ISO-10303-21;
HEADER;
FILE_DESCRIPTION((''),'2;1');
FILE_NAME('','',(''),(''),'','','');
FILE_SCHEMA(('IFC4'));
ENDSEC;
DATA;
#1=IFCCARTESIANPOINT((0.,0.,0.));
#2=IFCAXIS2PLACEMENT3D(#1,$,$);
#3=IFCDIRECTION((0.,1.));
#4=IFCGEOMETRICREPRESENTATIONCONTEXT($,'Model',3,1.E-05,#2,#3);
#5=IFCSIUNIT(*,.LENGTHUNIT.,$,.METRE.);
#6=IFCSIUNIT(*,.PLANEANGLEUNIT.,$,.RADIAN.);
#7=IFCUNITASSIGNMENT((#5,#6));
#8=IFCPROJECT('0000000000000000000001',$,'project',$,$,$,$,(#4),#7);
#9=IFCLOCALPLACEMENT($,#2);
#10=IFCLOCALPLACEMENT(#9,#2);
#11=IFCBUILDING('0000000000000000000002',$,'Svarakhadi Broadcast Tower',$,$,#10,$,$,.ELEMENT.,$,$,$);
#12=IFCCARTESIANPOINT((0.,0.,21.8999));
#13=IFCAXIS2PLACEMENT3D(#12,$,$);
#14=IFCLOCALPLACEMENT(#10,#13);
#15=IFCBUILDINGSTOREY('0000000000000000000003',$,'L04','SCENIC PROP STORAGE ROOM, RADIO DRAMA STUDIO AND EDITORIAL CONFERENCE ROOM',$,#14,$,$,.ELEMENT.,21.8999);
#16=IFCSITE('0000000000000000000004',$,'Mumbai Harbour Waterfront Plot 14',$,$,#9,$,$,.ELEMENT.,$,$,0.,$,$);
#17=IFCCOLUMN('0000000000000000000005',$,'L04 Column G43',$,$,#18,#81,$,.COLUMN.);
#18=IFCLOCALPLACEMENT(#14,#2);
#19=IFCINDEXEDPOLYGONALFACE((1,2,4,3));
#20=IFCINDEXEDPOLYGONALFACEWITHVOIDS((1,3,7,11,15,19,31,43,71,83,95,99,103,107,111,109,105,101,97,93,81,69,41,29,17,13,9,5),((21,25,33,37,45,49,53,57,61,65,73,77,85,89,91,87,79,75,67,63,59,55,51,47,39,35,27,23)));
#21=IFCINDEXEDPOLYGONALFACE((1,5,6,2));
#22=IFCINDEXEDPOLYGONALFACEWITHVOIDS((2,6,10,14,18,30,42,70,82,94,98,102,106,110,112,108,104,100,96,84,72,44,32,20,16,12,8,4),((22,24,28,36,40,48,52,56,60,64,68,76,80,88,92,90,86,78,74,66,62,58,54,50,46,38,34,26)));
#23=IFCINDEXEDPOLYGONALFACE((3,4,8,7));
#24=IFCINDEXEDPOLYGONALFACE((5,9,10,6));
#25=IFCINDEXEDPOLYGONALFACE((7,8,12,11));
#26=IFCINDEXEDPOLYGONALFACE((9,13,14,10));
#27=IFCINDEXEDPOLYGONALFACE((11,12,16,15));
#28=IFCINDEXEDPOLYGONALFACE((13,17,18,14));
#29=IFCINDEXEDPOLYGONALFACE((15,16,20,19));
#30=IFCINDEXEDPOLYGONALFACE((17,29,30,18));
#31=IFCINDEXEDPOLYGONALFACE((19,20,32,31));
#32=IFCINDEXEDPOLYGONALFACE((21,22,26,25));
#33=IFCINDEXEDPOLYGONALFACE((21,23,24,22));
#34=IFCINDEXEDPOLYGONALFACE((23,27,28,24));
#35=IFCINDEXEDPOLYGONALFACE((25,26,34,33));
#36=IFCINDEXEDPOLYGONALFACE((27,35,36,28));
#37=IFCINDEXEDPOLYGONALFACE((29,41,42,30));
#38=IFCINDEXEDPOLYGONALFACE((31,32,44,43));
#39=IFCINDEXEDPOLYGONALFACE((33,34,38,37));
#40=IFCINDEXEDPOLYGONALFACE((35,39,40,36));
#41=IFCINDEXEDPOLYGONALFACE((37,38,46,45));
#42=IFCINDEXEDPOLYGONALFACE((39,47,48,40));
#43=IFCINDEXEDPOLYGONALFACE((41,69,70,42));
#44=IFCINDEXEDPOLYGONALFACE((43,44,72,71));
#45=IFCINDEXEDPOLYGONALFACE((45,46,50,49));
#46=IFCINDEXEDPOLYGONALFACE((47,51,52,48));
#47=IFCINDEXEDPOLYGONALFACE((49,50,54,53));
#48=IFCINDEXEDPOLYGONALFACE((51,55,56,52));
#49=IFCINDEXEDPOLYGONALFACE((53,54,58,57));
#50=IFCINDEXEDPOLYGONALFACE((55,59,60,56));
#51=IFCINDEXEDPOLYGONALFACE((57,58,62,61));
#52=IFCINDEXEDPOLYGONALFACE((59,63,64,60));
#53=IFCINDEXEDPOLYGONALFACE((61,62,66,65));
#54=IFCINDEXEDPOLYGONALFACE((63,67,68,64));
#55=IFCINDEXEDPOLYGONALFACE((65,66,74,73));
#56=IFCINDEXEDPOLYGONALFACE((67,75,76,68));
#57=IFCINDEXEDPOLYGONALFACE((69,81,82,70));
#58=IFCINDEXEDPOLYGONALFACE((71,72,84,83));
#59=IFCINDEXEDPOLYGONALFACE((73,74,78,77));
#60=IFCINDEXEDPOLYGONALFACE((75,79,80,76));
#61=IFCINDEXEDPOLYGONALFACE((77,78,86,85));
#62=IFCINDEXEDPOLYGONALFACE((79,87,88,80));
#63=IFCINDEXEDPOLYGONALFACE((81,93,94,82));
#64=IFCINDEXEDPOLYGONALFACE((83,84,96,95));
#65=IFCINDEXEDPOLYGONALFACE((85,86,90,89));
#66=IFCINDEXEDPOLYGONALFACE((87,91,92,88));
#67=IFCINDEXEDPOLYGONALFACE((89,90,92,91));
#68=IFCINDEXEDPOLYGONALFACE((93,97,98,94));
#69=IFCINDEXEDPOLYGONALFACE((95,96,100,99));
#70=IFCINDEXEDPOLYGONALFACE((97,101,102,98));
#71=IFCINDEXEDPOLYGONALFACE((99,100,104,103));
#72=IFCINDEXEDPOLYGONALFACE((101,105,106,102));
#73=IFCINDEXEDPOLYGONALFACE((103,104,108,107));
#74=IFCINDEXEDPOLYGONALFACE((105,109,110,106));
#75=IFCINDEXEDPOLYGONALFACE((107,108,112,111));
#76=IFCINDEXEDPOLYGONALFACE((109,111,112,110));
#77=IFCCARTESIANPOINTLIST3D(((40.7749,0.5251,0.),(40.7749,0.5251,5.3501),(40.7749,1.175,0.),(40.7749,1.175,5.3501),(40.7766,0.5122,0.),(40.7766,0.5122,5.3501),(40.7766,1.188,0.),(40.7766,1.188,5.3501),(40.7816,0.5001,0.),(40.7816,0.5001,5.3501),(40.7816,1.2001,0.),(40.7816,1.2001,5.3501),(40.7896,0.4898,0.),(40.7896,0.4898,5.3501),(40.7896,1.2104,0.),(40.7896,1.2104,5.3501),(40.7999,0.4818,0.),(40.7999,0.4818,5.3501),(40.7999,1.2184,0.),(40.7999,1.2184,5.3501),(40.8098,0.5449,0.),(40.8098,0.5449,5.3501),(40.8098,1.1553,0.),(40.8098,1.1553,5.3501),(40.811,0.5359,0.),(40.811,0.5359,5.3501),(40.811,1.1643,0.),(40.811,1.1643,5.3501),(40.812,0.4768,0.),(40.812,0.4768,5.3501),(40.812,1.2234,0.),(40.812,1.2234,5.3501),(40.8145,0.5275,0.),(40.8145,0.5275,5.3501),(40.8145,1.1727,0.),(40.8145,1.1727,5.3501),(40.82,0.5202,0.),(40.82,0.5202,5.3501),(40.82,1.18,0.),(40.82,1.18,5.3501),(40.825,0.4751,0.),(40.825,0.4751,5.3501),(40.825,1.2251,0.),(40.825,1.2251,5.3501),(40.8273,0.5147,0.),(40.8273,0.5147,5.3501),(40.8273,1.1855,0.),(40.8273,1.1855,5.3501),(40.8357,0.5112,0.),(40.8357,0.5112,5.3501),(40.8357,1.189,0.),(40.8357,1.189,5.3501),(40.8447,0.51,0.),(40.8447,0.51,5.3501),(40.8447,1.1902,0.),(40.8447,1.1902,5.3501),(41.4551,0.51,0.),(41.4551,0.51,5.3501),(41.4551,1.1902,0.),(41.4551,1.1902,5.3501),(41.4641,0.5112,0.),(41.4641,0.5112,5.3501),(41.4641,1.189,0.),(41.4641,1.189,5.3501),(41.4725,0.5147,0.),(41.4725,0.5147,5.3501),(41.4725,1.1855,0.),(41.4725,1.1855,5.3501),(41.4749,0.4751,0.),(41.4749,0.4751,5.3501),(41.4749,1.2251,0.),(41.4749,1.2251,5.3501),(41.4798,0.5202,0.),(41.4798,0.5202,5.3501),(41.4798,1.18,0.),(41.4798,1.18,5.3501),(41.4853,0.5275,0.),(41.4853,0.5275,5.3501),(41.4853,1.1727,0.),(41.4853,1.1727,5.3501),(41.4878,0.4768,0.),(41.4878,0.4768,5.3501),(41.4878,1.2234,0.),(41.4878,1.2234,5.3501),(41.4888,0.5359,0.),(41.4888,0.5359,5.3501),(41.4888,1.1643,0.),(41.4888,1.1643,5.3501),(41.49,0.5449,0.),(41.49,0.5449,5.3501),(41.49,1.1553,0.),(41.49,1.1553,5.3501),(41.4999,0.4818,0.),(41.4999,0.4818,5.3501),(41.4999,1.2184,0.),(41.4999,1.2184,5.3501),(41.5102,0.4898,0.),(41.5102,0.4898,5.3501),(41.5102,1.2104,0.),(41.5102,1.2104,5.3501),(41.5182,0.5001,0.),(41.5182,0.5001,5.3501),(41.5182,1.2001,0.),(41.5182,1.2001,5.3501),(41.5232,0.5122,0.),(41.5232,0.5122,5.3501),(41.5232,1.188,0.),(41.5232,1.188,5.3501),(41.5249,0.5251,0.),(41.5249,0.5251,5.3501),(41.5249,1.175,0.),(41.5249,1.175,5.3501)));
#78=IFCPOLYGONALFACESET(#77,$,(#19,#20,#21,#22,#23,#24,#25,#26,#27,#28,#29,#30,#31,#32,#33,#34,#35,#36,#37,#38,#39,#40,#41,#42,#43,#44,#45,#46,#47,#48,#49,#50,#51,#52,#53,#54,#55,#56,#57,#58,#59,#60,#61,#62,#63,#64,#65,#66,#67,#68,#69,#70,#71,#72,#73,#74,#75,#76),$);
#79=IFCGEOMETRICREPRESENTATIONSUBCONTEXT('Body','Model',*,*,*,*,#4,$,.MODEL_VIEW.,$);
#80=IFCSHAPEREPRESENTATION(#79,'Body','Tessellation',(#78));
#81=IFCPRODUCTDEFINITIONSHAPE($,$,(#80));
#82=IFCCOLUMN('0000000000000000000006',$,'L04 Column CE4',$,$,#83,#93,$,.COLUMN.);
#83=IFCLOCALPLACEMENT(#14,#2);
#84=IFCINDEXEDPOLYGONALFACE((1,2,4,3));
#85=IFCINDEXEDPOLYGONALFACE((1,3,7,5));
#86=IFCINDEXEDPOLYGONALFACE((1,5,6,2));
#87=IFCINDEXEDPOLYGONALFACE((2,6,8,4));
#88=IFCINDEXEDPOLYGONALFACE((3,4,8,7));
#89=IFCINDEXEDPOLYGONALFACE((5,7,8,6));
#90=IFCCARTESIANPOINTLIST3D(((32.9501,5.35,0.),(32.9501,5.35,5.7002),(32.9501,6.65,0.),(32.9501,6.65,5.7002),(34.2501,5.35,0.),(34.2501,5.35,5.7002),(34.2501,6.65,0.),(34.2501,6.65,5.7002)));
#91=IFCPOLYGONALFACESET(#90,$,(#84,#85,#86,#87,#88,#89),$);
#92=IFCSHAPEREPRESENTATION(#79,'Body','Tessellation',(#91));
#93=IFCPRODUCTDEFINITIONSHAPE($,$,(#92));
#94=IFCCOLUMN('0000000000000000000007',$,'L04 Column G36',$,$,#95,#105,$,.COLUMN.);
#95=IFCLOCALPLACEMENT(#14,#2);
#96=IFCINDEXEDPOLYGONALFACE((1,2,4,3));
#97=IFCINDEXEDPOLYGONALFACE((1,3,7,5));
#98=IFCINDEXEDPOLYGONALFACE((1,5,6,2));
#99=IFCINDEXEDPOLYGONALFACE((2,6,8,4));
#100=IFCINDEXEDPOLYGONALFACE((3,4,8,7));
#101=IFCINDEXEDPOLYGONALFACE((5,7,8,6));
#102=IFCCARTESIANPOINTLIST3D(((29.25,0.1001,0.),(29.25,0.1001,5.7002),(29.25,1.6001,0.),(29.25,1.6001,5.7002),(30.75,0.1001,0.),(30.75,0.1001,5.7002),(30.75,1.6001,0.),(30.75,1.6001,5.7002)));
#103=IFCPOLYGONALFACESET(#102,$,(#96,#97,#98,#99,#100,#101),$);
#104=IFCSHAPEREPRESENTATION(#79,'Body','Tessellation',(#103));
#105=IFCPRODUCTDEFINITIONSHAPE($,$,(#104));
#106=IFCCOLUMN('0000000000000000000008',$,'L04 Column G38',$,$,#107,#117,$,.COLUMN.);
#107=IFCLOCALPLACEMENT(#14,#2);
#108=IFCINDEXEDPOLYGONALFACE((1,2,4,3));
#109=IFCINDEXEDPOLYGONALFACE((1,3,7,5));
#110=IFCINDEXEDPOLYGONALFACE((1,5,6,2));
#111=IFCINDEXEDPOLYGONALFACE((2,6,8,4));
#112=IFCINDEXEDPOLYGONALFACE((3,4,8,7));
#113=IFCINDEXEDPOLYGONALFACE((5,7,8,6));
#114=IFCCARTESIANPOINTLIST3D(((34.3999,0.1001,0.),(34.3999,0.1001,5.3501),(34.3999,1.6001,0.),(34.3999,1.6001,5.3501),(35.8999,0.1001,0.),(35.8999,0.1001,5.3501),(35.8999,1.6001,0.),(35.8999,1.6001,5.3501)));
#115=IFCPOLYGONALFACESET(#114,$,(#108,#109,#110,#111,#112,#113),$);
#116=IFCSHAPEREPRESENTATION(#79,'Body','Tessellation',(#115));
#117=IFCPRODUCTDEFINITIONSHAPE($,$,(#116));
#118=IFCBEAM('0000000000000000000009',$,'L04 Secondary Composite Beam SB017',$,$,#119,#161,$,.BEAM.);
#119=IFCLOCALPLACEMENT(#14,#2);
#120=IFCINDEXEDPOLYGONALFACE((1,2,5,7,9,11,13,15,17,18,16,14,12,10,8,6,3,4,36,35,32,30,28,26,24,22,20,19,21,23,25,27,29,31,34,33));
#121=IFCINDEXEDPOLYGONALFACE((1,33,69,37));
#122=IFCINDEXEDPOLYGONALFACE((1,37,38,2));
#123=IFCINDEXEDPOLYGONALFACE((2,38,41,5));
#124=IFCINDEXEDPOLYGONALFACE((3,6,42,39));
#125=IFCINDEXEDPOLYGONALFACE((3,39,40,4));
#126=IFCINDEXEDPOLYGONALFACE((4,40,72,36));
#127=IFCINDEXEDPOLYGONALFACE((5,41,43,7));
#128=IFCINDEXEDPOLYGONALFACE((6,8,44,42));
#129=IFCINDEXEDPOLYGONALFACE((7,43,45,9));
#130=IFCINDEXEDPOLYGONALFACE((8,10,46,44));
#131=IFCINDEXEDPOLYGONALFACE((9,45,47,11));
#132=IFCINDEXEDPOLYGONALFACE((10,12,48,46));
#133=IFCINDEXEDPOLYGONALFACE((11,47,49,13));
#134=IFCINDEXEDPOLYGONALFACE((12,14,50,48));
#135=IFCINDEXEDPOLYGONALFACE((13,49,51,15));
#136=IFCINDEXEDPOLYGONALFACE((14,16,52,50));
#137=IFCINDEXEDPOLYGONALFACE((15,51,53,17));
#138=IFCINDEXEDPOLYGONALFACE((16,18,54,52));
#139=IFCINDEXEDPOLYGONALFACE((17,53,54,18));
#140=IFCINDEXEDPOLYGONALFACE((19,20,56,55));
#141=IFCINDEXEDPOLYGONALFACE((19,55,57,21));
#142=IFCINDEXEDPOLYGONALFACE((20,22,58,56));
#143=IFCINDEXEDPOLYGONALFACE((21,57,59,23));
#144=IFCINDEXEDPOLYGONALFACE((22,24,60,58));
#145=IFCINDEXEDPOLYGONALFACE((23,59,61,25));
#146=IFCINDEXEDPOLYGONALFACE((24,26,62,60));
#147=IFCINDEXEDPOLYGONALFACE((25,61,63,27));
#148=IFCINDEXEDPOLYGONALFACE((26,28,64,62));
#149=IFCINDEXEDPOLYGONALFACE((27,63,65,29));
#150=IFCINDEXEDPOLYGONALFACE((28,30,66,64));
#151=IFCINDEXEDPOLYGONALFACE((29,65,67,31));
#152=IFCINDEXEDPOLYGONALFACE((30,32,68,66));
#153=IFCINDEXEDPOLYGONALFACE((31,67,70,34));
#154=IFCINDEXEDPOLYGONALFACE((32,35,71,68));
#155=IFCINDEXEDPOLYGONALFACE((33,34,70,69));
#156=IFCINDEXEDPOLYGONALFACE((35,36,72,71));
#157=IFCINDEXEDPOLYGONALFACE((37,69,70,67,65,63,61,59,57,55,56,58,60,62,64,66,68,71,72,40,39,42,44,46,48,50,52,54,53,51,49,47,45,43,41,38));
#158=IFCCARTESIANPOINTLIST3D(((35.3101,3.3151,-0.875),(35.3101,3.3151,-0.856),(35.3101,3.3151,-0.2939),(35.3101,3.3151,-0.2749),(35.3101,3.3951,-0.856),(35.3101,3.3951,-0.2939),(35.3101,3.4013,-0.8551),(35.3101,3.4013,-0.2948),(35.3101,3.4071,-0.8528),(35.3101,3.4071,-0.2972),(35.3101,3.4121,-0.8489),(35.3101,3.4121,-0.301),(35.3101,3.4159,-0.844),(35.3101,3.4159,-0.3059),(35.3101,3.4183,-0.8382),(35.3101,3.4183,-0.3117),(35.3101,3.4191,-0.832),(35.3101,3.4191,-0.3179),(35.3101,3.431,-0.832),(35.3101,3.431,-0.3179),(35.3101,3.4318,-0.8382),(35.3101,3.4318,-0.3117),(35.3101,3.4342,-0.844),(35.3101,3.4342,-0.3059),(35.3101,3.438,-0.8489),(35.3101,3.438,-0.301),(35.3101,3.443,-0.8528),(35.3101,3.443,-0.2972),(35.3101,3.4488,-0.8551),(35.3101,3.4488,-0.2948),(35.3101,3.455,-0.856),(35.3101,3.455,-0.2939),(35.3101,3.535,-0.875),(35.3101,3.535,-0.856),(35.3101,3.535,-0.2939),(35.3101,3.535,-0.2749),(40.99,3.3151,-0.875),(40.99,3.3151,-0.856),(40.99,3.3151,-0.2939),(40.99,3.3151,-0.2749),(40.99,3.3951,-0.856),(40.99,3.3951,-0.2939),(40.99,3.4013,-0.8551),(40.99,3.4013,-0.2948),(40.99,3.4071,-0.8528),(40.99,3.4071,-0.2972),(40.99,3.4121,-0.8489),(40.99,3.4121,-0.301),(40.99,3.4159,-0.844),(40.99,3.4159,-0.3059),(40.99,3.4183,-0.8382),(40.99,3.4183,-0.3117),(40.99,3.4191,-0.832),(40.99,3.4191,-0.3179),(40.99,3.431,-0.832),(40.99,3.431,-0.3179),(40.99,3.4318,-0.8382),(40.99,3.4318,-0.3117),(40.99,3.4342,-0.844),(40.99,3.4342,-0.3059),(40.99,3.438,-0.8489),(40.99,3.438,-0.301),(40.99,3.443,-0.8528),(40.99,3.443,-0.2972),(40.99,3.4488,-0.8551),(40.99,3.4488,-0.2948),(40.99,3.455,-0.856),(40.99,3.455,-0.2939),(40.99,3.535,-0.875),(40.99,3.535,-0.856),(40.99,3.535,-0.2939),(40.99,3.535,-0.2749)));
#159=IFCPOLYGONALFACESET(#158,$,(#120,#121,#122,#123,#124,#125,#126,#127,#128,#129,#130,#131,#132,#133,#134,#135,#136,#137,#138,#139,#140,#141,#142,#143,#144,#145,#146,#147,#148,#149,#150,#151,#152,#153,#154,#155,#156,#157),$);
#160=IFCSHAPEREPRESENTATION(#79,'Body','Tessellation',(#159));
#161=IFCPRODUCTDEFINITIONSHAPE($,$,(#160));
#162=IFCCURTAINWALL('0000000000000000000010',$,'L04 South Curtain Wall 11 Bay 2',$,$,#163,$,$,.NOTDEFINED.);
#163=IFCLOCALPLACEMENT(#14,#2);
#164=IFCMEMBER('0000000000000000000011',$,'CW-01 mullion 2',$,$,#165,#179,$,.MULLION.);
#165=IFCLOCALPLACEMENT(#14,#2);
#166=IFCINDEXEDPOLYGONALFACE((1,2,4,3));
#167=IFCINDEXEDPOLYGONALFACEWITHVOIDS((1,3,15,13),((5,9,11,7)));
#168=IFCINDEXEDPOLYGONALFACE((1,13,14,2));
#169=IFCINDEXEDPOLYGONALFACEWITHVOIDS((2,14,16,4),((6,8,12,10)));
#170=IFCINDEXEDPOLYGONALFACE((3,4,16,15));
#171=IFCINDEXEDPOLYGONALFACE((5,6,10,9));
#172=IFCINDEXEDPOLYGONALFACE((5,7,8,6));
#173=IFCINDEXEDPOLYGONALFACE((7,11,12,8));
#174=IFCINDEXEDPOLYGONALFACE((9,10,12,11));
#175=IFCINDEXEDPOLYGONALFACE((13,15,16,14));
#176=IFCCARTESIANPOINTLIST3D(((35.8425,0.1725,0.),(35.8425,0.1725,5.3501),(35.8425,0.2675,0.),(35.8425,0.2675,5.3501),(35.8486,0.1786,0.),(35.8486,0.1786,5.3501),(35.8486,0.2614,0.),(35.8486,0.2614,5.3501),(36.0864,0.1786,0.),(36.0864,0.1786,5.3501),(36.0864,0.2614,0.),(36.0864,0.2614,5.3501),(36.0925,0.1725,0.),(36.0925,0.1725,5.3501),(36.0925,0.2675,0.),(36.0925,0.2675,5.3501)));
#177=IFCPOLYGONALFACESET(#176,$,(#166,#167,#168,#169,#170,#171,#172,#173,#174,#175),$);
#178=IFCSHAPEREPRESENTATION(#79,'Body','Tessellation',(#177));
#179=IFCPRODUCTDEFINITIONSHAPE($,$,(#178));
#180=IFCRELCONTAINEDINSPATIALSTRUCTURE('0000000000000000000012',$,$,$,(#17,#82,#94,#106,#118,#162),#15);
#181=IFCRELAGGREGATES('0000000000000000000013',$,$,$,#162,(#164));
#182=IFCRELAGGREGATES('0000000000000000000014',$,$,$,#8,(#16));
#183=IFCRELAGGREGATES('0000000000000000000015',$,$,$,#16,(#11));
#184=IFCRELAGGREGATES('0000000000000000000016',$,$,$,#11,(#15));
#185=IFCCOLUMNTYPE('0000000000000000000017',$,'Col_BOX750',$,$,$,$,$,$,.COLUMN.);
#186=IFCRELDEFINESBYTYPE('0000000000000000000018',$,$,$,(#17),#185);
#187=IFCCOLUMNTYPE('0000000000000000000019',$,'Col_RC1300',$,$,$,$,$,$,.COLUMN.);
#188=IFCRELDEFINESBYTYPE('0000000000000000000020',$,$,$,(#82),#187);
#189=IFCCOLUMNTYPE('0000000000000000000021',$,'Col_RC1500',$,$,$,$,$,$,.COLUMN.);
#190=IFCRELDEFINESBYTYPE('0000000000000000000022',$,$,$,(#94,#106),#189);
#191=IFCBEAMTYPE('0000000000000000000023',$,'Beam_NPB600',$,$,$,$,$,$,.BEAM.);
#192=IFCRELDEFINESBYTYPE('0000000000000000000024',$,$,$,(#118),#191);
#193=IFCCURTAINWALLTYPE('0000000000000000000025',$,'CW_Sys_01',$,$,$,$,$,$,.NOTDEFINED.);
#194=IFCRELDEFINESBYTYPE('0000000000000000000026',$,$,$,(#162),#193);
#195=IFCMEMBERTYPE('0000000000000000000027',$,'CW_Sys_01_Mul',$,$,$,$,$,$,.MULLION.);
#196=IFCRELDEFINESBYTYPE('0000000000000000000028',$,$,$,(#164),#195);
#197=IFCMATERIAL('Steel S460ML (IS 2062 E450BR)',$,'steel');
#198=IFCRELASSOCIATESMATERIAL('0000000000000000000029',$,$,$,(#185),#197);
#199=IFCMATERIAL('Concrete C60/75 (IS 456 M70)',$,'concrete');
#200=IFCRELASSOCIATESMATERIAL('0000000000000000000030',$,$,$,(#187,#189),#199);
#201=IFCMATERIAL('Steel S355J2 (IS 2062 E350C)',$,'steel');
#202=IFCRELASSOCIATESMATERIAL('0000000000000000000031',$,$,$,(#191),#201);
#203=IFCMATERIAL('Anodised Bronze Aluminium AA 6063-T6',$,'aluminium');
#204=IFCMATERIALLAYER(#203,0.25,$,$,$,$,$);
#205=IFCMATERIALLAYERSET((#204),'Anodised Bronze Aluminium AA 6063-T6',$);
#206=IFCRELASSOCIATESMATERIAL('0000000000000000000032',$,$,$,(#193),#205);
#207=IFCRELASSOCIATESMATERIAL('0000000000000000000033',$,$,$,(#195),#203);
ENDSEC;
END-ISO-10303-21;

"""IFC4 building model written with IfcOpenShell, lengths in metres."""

from ifc_helpers import new_model, si_unit, direction, frame, origin, origin_2d, place, context, subcontext, project, spatial, rectangle, hollow_rectangle, i_section, extrude, material, layer, layer_set, material_profile, profile_set, type_object, element, aggregate, save


model = new_model("IFC4")

# Units and contexts
model_context = context("Model", 3, precision=1e-05, world=origin(), true_north=direction((0.0, 1.0)))
body_context = subcontext(model_context, "Body", "Model", "MODEL_VIEW")
ifc_project = project(units=[si_unit("LENGTHUNIT", "METRE"), si_unit("PLANEANGLEUNIT", "RADIAN")], contexts=[model_context])

# Site, building, storey
site_placement = place(None, origin())
site = spatial("IfcSite", under=ifc_project, at=site_placement, Name="Mumbai Harbour Waterfront Plot 14", CompositionType="ELEMENT", RefElevation=0.0)
building_placement = place(site_placement, origin())
building = spatial("IfcBuilding", under=site, at=building_placement, Name="Svarakhadi Broadcast Tower", CompositionType="ELEMENT")
storey_placement = place(building_placement, frame((0.0, 0.0, 21.8999)))
storey = spatial("IfcBuildingStorey", under=building, at=storey_placement, Name="L04", Description="SCENIC PROP STORAGE ROOM, RADIO DRAMA STUDIO AND EDITORIAL CONFERENCE ROOM", CompositionType="ELEMENT", Elevation=21.8999)

# Columns
ifc_material_1 = material(Name="Steel S460ML (IS 2062 E450BR)", Category="steel")
ifc_material_profile_1 = material_profile(ifc_material_1, hollow_rectangle(XDim=0.75, YDim=0.75, WallThickness=0.0349, InnerFilletRadius=0.0349, OuterFilletRadius=0.05, at=origin_2d()), Name="BOX 750x750x35")
ifc_profile_set_1 = profile_set([ifc_material_profile_1], Name="Steel S460ML (IS 2062 E450BR)")
column_type_1 = type_object("IfcColumnType", Name="Col_BOX750", PredefinedType="COLUMN", material=ifc_profile_set_1)
column_1_placement = place(storey_placement, frame((41.1499, 0.8501, 0.0), z_axis=(0.0, 0.0, 1.0), x_axis=(1.0, 0.0, 0.0)))
element("IfcColumn", 1, at=column_1_placement, inside=storey, type_object=column_type_1, Name="L04 Column G43", PredefinedType="COLUMN", context=body_context, shape_type="SweptSolid", body=[
    extrude(hollow_rectangle(XDim=0.75, YDim=0.75, WallThickness=0.0349, InnerFilletRadius=0.0349, OuterFilletRadius=0.05, at=origin_2d()), origin(), (0.0, 0.0, 1.0), 5.3501),
])
ifc_material_2 = material(Name="Concrete C60/75 (IS 456 M70)", Category="concrete")
ifc_material_profile_2 = material_profile(ifc_material_2, rectangle(XDim=1.3, YDim=1.3, at=origin_2d()), Name="RC 1300x1300")
ifc_profile_set_2 = profile_set([ifc_material_profile_2], Name="Concrete C60/75 (IS 456 M70)")
column_type_2 = type_object("IfcColumnType", Name="Col_RC1300", PredefinedType="COLUMN", material=ifc_profile_set_2)
column_2_placement = place(storey_placement, frame((33.6001, 6.0, 0.0), z_axis=(0.0, 0.0, 1.0), x_axis=(1.0, 0.0, 0.0)))
element("IfcColumn", 2, at=column_2_placement, inside=storey, type_object=column_type_2, Name="L04 Column CE4", PredefinedType="COLUMN", context=body_context, shape_type="SweptSolid", body=[
    extrude(rectangle(XDim=1.3, YDim=1.3, at=origin_2d()), origin(), (0.0, 0.0, 1.0), 5.7002),
])
ifc_material_profile_3 = material_profile(ifc_material_2, rectangle(XDim=1.5, YDim=1.5, at=origin_2d()), Name="RC 1500x1500")
ifc_profile_set_3 = profile_set([ifc_material_profile_3], Name="Concrete C60/75 (IS 456 M70)")
column_type_3 = type_object("IfcColumnType", Name="Col_RC1500", PredefinedType="COLUMN", material=ifc_profile_set_3)
column_3_placement = place(storey_placement, frame((30.0, 0.8501, 0.0), z_axis=(0.0, 0.0, 1.0), x_axis=(1.0, 0.0, 0.0)))
element("IfcColumn", 3, at=column_3_placement, inside=storey, type_object=column_type_3, Name="L04 Column G36", PredefinedType="COLUMN", context=body_context, shape_type="SweptSolid", body=[
    extrude(rectangle(XDim=1.5, YDim=1.5, at=origin_2d()), origin(), (0.0, 0.0, 1.0), 5.7002),
])
column_4_placement = place(storey_placement, frame((35.1499, 0.8501, 0.0), z_axis=(0.0, 0.0, 1.0), x_axis=(1.0, 0.0, 0.0)))
element("IfcColumn", 4, at=column_4_placement, inside=storey, type_object=column_type_3, Name="L04 Column G38", PredefinedType="COLUMN", context=body_context, shape_type="SweptSolid", body=[
    extrude(rectangle(XDim=1.5, YDim=1.5, at=origin_2d()), origin(), (0.0, 0.0, 1.0), 5.3501),
])

# Beam
ifc_material_3 = material(Name="Steel S355J2 (IS 2062 E350C)", Category="steel")
ifc_material_profile_4 = material_profile(ifc_material_3, i_section(OverallWidth=0.22, OverallDepth=0.6001, WebThickness=0.012, FlangeThickness=0.019, FilletRadius=0.0239, at=origin_2d()), Name="NPB 600x220x122")
ifc_profile_set_4 = profile_set([ifc_material_profile_4], Name="Steel S355J2 (IS 2062 E350C)")
beam_type_1 = type_object("IfcBeamType", Name="Beam_NPB600", PredefinedType="BEAM", material=ifc_profile_set_4)
beam_1_placement = place(storey_placement, frame((35.3101, 3.425, -0.575), z_axis=(1.0, 0.0, 0.0), x_axis=(0.0, 1.0, 0.0)))
element("IfcBeam", 5, at=beam_1_placement, inside=storey, type_object=beam_type_1, Name="L04 Secondary Composite Beam SB017", PredefinedType="BEAM", context=body_context, shape_type="SweptSolid", body=[
    extrude(i_section(OverallWidth=0.22, OverallDepth=0.6001, WebThickness=0.012, FlangeThickness=0.019, FilletRadius=0.0239, at=origin_2d()), origin(), (0.0, 0.0, 1.0), 5.6799),
])

# Curtain wall, member
ifc_material_4 = material(Name="Anodised Bronze Aluminium AA 6063-T6", Category="aluminium")
ifc_layer_1 = layer(ifc_material_4, 0.25)
ifc_layer_set_1 = layer_set([ifc_layer_1], Name="Anodised Bronze Aluminium AA 6063-T6")
curtain_wall_type = type_object("IfcCurtainWallType", Name="CW_Sys_01", PredefinedType="NOTDEFINED", material=ifc_layer_set_1)
curtain_wall_1_placement = place(storey_placement, origin())
curtain_wall_1 = element("IfcCurtainWall", 6, at=curtain_wall_1_placement, inside=storey, type_object=curtain_wall_type, Name="L04 South Curtain Wall 11 Bay 2", PredefinedType="NOTDEFINED")
ifc_material_profile_5 = material_profile(ifc_material_4, hollow_rectangle(XDim=0.095, YDim=0.25, WallThickness=0.0061, at=origin_2d()), Name="ALU MULLION 250x95x6")
ifc_profile_set_5 = profile_set([ifc_material_profile_5], Name="Anodised Bronze Aluminium AA 6063-T6")
member_type_1 = type_object("IfcMemberType", Name="CW_Sys_01_Mul", PredefinedType="MULLION", material=ifc_profile_set_5)
member_1_placement = place(storey_placement, frame((35.9675, 0.22, 0.0), z_axis=(0.0, 0.0, 1.0), x_axis=(0.0, -1.0, 0.0)))
member_1 = element("IfcMember", 7, at=member_1_placement, type_object=member_type_1, Name="CW-01 mullion 2", PredefinedType="MULLION", context=body_context, shape_type="SweptSolid", body=[
    extrude(hollow_rectangle(XDim=0.095, YDim=0.25, WallThickness=0.0061, at=origin_2d()), origin(), (0.0, 0.0, 1.0), 5.3501),
])

aggregate(curtain_wall_1, [member_1])

save(model, "model.ifc")
